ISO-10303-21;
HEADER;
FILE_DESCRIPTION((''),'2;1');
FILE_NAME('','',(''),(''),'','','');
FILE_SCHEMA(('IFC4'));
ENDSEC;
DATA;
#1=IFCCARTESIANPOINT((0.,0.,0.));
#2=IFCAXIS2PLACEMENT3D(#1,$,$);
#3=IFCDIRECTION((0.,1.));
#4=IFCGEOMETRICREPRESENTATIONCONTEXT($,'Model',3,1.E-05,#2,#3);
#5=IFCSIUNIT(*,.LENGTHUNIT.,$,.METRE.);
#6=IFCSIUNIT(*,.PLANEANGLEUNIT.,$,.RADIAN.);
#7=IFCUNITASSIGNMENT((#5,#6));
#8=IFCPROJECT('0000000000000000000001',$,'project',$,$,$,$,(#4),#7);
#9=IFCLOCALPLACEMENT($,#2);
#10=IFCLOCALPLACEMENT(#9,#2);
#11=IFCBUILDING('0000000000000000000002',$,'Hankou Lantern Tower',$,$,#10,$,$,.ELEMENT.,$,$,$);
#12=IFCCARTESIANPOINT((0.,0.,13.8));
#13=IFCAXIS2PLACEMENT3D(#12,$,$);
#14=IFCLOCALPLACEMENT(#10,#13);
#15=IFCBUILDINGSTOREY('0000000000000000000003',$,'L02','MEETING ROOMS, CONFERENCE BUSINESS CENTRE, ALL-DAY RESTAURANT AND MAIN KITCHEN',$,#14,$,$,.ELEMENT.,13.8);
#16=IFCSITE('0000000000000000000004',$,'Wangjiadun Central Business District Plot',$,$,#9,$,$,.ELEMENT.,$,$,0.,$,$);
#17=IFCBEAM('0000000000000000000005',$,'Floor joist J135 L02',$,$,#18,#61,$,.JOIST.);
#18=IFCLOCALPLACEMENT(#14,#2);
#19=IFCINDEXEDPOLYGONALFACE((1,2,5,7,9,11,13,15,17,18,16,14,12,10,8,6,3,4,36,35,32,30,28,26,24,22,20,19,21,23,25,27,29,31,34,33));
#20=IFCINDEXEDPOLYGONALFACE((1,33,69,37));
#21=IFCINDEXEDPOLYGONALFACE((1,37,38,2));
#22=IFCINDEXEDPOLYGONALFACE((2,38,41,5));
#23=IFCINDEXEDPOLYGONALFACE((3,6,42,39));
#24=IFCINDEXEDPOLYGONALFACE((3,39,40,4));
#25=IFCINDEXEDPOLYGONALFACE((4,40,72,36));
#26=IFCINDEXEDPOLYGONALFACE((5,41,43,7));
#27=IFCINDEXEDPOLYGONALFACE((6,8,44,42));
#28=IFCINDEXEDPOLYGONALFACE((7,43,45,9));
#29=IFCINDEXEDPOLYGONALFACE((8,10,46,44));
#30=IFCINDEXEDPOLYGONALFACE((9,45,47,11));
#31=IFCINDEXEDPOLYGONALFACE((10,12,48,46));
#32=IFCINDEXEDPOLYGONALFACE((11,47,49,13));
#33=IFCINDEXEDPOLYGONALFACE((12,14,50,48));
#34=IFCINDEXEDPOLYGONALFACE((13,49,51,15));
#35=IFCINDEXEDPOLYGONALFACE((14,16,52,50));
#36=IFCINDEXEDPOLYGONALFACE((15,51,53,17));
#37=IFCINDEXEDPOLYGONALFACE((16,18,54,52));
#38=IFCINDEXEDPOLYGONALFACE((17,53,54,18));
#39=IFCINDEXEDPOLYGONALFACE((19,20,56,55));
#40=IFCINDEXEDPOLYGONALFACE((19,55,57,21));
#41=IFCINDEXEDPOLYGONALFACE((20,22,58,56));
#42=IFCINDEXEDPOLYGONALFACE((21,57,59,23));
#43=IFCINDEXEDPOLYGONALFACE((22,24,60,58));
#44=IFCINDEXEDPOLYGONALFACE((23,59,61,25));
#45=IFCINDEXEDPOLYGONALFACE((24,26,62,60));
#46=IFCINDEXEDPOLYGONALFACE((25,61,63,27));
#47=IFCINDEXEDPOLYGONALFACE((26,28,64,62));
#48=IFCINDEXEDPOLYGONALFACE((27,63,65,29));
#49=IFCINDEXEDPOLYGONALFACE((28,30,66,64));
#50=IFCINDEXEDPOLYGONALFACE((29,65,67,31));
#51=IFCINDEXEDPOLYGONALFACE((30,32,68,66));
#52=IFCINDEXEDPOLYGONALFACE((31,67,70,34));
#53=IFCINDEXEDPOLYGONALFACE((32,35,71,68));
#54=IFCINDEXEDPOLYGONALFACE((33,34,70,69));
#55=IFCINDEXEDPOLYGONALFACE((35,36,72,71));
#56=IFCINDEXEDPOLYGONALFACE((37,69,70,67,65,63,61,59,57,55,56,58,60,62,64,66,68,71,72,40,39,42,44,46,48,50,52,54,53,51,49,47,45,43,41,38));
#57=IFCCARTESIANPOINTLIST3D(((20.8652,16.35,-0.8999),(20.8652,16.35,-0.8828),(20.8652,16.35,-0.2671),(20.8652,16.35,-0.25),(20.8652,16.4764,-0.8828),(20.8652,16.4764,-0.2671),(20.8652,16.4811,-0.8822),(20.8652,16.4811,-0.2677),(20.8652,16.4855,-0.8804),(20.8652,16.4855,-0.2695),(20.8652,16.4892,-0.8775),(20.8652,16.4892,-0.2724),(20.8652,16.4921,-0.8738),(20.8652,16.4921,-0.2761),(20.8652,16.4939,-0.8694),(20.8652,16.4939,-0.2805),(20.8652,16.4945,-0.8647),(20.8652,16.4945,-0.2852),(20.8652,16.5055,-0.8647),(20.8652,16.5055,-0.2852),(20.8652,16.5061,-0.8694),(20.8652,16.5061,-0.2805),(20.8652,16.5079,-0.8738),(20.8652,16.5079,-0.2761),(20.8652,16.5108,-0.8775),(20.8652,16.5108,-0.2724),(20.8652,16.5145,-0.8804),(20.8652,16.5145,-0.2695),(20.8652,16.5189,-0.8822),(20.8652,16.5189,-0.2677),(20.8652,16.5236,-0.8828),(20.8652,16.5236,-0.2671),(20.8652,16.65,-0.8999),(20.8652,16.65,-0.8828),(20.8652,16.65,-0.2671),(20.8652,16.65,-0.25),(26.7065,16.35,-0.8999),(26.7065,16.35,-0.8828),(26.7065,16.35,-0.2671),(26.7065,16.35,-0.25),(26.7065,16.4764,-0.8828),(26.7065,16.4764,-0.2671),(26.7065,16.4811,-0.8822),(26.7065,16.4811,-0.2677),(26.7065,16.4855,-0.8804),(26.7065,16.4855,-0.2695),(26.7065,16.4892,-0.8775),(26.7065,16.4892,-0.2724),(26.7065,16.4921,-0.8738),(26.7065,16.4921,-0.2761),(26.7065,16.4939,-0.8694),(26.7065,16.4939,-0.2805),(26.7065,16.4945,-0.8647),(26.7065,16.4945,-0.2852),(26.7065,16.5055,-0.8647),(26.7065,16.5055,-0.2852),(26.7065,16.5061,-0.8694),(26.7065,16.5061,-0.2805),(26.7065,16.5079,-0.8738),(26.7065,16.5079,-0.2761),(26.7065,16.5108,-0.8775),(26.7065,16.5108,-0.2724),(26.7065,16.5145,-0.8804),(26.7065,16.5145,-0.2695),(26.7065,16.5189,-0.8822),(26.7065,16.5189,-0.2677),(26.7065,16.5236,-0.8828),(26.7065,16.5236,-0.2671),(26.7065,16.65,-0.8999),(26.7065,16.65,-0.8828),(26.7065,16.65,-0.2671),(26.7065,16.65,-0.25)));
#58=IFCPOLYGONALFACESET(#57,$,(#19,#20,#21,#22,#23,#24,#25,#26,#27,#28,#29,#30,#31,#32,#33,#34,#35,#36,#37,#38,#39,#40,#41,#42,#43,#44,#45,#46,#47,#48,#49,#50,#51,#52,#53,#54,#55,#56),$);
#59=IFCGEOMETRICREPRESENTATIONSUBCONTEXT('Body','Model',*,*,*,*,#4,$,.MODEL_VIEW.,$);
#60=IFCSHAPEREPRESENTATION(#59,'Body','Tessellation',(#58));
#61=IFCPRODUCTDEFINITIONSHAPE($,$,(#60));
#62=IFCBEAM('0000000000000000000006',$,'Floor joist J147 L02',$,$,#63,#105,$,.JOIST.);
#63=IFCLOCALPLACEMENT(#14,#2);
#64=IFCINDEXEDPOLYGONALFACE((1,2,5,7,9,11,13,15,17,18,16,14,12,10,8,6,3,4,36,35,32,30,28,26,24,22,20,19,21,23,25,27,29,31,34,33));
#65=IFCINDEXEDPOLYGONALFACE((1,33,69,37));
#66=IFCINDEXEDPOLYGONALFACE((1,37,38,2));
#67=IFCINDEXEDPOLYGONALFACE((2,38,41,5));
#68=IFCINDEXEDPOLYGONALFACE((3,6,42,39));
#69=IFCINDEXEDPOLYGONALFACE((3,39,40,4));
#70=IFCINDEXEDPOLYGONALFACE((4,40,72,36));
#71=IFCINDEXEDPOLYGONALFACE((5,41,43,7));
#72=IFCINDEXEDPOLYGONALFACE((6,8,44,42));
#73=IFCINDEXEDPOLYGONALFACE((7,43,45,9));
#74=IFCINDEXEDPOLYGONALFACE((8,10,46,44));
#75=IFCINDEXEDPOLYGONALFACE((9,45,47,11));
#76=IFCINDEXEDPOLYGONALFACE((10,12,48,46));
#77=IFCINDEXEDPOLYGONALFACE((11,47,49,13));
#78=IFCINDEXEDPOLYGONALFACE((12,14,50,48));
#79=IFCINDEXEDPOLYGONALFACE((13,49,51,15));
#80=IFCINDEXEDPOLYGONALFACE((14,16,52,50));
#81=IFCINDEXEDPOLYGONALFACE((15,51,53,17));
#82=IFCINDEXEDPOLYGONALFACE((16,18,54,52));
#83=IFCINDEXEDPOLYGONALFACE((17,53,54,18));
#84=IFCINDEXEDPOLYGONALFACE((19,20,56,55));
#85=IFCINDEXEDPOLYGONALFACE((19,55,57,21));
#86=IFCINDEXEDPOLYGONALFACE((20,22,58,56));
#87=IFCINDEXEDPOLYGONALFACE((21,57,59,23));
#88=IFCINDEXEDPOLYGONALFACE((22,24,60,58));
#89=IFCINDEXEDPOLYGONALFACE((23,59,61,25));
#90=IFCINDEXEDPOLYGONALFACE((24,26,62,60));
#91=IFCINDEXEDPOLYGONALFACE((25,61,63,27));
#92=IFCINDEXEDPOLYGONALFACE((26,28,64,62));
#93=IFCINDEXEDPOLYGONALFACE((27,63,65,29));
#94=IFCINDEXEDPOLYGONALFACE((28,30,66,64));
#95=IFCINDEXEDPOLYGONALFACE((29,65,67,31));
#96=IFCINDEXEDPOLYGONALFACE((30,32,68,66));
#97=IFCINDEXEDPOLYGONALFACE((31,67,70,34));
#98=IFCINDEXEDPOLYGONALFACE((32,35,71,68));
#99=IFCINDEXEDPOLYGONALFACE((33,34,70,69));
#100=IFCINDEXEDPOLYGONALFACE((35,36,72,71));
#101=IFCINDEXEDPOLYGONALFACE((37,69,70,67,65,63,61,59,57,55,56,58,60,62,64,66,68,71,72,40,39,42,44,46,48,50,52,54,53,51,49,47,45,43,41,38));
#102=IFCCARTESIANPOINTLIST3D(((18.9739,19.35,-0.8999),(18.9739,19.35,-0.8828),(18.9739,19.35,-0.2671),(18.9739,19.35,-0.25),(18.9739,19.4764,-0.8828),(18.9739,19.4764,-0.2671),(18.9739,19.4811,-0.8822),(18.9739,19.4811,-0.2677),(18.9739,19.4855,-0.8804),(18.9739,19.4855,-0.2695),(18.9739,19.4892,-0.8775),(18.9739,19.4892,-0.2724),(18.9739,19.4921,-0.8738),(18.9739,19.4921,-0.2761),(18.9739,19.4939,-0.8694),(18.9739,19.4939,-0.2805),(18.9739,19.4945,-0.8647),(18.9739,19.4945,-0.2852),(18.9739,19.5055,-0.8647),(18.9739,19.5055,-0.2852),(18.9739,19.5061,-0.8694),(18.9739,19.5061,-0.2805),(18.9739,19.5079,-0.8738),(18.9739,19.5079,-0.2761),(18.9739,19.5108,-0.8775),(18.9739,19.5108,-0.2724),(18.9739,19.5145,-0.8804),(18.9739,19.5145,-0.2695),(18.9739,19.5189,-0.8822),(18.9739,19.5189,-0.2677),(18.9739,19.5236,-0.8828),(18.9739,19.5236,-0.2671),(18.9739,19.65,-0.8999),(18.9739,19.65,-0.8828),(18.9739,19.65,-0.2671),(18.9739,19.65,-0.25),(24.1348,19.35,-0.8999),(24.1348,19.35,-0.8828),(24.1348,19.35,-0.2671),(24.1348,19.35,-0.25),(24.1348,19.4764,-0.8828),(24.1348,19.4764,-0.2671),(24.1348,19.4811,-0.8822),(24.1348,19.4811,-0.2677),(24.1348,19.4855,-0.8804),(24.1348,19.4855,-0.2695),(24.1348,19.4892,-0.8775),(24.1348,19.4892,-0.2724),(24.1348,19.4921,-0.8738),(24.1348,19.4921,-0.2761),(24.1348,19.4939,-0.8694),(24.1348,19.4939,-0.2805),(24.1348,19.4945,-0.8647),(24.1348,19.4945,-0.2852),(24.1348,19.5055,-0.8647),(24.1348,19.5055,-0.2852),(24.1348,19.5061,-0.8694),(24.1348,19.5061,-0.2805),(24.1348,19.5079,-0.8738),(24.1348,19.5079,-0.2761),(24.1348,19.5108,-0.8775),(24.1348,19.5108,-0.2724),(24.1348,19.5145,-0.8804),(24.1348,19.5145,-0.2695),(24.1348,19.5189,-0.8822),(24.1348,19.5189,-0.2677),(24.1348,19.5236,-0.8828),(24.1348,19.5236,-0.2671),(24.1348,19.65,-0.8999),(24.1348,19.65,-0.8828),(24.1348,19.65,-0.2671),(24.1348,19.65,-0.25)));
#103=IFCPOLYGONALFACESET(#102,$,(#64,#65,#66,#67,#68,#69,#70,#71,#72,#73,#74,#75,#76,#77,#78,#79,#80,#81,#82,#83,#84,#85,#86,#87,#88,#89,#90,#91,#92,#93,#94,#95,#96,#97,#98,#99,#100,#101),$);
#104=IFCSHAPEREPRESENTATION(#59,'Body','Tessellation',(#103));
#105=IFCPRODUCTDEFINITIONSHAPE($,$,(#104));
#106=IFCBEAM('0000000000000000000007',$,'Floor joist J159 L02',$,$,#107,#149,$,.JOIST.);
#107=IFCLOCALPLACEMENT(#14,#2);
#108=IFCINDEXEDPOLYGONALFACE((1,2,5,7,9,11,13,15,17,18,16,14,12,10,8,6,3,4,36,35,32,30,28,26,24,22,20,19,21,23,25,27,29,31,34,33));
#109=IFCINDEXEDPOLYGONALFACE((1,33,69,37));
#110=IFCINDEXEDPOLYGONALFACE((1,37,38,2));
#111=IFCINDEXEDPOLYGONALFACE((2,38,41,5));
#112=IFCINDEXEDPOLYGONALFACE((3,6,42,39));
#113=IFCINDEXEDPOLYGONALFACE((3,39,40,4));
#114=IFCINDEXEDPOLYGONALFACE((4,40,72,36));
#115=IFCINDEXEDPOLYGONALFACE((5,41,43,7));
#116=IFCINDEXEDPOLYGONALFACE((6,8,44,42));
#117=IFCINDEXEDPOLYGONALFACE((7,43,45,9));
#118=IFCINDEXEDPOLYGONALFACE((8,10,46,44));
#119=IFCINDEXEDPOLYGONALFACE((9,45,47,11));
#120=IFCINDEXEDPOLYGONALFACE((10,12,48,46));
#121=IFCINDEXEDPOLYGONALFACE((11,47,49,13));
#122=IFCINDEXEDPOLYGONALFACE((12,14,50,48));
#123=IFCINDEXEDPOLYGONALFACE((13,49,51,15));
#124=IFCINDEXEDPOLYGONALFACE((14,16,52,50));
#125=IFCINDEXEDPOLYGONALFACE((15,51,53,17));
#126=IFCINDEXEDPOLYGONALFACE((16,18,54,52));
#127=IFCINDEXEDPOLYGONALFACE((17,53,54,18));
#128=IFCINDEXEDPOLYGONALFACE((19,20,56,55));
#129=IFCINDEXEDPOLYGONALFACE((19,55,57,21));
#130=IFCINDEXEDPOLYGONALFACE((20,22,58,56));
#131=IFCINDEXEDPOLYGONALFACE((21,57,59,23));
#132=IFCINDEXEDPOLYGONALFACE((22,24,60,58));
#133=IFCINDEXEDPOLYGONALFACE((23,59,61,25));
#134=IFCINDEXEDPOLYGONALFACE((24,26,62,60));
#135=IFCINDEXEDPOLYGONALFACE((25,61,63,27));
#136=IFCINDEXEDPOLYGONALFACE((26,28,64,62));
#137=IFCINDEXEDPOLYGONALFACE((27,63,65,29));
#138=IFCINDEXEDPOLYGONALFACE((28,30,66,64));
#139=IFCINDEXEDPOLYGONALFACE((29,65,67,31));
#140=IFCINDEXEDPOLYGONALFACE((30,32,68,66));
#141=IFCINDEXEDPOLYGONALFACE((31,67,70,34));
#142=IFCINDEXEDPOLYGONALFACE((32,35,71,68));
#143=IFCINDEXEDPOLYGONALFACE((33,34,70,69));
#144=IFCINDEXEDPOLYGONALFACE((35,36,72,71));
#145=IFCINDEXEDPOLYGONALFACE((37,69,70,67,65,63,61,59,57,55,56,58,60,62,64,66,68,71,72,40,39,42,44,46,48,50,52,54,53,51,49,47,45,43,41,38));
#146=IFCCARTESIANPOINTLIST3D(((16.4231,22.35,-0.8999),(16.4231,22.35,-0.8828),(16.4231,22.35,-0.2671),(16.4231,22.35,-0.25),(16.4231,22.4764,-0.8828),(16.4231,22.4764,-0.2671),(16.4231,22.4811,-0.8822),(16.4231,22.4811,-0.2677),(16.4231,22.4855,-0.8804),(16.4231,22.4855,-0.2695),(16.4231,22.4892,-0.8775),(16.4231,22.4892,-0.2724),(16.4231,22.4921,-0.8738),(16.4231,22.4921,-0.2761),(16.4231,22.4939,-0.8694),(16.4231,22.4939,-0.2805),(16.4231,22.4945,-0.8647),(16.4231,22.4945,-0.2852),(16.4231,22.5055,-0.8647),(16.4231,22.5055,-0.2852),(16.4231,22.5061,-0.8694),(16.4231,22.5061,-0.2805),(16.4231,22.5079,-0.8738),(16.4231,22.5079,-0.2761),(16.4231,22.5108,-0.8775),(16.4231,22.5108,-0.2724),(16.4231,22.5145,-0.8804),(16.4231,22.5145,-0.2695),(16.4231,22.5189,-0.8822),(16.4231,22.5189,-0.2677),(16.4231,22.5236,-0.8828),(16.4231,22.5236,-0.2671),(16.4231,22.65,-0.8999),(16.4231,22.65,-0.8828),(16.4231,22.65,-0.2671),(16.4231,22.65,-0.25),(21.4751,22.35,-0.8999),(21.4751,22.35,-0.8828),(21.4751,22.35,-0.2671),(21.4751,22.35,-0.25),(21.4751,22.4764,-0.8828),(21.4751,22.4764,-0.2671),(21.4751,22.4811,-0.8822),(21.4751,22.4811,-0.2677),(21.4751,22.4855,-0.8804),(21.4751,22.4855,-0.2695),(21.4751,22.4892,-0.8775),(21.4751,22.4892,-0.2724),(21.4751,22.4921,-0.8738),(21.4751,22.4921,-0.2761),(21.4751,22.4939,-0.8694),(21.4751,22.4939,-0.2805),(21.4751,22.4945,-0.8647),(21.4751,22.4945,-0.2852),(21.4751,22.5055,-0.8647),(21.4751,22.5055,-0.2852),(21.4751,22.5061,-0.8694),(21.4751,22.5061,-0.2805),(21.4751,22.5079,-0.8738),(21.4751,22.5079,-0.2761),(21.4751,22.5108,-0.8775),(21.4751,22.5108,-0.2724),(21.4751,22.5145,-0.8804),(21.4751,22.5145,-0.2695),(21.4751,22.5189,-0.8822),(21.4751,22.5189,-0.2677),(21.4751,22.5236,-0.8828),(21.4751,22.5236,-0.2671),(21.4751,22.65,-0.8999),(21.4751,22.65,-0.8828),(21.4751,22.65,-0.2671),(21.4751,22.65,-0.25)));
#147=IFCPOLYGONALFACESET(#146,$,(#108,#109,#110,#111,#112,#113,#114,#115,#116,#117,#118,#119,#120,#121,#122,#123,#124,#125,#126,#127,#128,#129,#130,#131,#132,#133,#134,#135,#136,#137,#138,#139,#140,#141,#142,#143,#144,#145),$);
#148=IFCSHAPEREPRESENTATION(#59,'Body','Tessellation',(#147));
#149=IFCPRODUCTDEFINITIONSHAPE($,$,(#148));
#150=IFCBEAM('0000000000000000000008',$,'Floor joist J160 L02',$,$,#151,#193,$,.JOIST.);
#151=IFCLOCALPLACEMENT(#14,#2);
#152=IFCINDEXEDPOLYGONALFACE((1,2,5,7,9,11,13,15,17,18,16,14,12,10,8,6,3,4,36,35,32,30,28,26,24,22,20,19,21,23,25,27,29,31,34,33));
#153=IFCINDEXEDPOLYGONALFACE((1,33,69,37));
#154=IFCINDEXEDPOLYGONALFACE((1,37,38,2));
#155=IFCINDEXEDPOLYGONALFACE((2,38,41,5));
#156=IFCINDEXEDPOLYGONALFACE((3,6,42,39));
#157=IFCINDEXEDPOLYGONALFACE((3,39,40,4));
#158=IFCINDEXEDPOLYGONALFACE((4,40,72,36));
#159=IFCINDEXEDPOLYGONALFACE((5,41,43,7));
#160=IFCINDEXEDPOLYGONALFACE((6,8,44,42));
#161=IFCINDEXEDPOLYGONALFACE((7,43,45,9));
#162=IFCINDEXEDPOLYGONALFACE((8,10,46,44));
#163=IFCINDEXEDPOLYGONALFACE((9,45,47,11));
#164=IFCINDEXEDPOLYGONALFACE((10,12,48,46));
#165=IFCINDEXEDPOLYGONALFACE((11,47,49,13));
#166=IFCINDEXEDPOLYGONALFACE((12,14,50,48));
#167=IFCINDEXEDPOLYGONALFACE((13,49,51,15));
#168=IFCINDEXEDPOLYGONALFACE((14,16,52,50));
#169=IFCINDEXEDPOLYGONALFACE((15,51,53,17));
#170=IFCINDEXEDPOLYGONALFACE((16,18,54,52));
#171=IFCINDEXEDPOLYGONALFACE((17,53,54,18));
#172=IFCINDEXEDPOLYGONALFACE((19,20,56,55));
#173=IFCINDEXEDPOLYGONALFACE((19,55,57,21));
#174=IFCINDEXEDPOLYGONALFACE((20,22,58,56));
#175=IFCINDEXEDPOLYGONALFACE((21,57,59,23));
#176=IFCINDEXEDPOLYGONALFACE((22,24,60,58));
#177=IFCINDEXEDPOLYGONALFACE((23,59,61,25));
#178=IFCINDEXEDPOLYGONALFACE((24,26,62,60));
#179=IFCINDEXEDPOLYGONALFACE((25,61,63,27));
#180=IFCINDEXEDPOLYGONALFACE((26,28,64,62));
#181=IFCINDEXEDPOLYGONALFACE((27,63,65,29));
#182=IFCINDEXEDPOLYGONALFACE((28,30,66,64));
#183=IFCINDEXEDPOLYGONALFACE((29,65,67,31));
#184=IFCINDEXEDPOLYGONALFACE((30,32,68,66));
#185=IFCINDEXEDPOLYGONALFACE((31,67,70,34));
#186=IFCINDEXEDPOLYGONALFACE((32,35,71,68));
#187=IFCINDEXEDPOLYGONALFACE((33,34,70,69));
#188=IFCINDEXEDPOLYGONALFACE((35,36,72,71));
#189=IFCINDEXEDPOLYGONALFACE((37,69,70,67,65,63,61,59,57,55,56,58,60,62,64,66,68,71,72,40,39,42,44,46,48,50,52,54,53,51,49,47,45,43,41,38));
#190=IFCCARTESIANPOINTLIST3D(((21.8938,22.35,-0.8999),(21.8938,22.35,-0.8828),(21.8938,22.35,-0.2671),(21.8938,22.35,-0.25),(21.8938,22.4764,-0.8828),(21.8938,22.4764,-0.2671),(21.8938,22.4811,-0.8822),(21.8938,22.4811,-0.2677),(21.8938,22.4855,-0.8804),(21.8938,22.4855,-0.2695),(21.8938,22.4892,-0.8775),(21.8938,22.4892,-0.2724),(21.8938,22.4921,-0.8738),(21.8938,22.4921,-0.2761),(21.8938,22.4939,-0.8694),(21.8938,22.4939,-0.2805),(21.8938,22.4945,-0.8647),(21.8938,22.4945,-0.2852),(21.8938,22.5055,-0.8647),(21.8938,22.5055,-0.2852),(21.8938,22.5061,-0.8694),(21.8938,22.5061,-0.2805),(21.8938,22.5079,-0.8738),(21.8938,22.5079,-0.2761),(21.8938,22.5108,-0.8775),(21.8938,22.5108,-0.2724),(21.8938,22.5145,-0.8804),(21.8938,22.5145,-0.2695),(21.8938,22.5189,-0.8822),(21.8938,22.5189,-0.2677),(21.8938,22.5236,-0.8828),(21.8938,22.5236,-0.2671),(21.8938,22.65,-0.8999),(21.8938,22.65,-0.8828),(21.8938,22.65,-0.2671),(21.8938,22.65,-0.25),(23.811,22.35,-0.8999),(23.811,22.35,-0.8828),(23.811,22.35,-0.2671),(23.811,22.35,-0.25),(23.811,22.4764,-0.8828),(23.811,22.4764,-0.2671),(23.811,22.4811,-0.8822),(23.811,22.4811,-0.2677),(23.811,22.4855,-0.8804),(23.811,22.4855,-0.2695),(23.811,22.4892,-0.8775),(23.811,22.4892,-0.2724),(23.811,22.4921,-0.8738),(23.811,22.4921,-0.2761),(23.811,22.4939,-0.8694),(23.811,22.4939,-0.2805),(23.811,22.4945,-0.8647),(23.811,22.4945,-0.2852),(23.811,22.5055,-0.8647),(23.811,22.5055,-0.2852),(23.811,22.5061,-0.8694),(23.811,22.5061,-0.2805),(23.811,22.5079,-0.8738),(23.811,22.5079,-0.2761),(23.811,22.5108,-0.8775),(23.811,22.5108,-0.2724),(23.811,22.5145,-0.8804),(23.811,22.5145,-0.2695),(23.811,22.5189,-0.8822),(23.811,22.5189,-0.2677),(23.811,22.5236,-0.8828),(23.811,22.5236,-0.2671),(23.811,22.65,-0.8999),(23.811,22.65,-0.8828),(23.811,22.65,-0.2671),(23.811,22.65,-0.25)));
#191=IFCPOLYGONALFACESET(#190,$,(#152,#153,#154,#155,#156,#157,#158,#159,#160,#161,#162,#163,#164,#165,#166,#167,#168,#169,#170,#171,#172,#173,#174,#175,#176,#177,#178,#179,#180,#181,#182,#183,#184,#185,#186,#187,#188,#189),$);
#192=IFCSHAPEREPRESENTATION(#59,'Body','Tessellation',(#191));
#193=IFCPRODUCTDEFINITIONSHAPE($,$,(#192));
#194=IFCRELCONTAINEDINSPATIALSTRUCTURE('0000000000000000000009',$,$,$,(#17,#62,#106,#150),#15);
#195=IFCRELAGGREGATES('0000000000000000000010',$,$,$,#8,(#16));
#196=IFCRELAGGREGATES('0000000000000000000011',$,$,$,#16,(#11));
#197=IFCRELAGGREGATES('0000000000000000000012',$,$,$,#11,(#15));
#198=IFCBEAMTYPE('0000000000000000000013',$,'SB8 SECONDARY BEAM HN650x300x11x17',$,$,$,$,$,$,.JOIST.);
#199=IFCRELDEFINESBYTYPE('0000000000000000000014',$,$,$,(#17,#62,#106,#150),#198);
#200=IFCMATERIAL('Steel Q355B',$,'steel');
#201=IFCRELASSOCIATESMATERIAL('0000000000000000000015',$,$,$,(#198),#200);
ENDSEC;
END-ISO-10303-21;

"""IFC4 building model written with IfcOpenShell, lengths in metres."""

from ifc_helpers import new_model, si_unit, direction, frame, origin, origin_2d, place, context, subcontext, project, spatial, i_section, extrude, material, material_profile, profile_set, type_object, element, save


model = new_model("IFC4")

# Units and contexts
model_context = context("Model", 3, precision=1e-05, world=origin(), true_north=direction((0.0, 1.0)))
body_context = subcontext(model_context, "Body", "Model", "MODEL_VIEW")
ifc_project = project(units=[si_unit("LENGTHUNIT", "METRE"), si_unit("PLANEANGLEUNIT", "RADIAN")], contexts=[model_context])

# Site, building, storey
site_placement = place(None, origin())
site = spatial("IfcSite", under=ifc_project, at=site_placement, Name="Wangjiadun Central Business District Plot", CompositionType="ELEMENT", RefElevation=0.0)
building_placement = place(site_placement, origin())
building = spatial("IfcBuilding", under=site, at=building_placement, Name="Hankou Lantern Tower", CompositionType="ELEMENT")
storey_placement = place(building_placement, frame((0.0, 0.0, 13.8)))
storey = spatial("IfcBuildingStorey", under=building, at=storey_placement, Name="L02", Description="MEETING ROOMS, CONFERENCE BUSINESS CENTRE, ALL-DAY RESTAURANT AND MAIN KITCHEN", CompositionType="ELEMENT", Elevation=13.8)

# Beams
ifc_material_1 = material(Name="Steel Q355B", Category="steel")
ifc_material_profile_1 = material_profile(ifc_material_1, i_section(OverallWidth=0.3, OverallDepth=0.6499, WebThickness=0.011, FlangeThickness=0.0171, FilletRadius=0.0181, at=origin_2d()), Name="HN650x300x11x17")
ifc_profile_set_1 = profile_set([ifc_material_profile_1], Name="Steel Q355B")
beam_type_1 = type_object("IfcBeamType", Name="SB8 SECONDARY BEAM HN650x300x11x17", PredefinedType="JOIST", material=ifc_profile_set_1)
beam_1_placement = place(storey_placement, frame((20.8652, 16.5, -0.575), z_axis=(1.0, 0.0, 0.0), x_axis=(0.0, 1.0, 0.0)))
element("IfcBeam", 1, at=beam_1_placement, inside=storey, type_object=beam_type_1, Name="Floor joist J135 L02", PredefinedType="JOIST", context=body_context, shape_type="SweptSolid", body=[
    extrude(i_section(OverallWidth=0.3, OverallDepth=0.6499, WebThickness=0.011, FlangeThickness=0.0171, FilletRadius=0.0181, at=origin_2d()), origin(), (0.0, 0.0, 1.0), 5.8413),
])
beam_2_placement = place(storey_placement, frame((18.9739, 19.5, -0.575), z_axis=(1.0, 0.0, 0.0), x_axis=(0.0, 1.0, 0.0)))
element("IfcBeam", 2, at=beam_2_placement, inside=storey, type_object=beam_type_1, Name="Floor joist J147 L02", PredefinedType="JOIST", context=body_context, shape_type="SweptSolid", body=[
    extrude(i_section(OverallWidth=0.3, OverallDepth=0.6499, WebThickness=0.011, FlangeThickness=0.0171, FilletRadius=0.0181, at=origin_2d()), origin(), (0.0, 0.0, 1.0), 5.1609),
])
beam_3_placement = place(storey_placement, frame((16.4231, 22.5, -0.575), z_axis=(1.0, 0.0, 0.0), x_axis=(0.0, 1.0, 0.0)))
element("IfcBeam", 3, at=beam_3_placement, inside=storey, type_object=beam_type_1, Name="Floor joist J159 L02", PredefinedType="JOIST", context=body_context, shape_type="SweptSolid", body=[
    extrude(i_section(OverallWidth=0.3, OverallDepth=0.6499, WebThickness=0.011, FlangeThickness=0.0171, FilletRadius=0.0181, at=origin_2d()), origin(), (0.0, 0.0, 1.0), 5.052),
])
beam_4_placement = place(storey_placement, frame((21.8938, 22.5, -0.575), z_axis=(1.0, 0.0, 0.0), x_axis=(0.0, 1.0, 0.0)))
element("IfcBeam", 4, at=beam_4_placement, inside=storey, type_object=beam_type_1, Name="Floor joist J160 L02", PredefinedType="JOIST", context=body_context, shape_type="SweptSolid", body=[
    extrude(i_section(OverallWidth=0.3, OverallDepth=0.6499, WebThickness=0.011, FlangeThickness=0.0171, FilletRadius=0.0181, at=origin_2d()), origin(), (0.0, 0.0, 1.0), 1.9172),
])

save(model, "model.ifc")
